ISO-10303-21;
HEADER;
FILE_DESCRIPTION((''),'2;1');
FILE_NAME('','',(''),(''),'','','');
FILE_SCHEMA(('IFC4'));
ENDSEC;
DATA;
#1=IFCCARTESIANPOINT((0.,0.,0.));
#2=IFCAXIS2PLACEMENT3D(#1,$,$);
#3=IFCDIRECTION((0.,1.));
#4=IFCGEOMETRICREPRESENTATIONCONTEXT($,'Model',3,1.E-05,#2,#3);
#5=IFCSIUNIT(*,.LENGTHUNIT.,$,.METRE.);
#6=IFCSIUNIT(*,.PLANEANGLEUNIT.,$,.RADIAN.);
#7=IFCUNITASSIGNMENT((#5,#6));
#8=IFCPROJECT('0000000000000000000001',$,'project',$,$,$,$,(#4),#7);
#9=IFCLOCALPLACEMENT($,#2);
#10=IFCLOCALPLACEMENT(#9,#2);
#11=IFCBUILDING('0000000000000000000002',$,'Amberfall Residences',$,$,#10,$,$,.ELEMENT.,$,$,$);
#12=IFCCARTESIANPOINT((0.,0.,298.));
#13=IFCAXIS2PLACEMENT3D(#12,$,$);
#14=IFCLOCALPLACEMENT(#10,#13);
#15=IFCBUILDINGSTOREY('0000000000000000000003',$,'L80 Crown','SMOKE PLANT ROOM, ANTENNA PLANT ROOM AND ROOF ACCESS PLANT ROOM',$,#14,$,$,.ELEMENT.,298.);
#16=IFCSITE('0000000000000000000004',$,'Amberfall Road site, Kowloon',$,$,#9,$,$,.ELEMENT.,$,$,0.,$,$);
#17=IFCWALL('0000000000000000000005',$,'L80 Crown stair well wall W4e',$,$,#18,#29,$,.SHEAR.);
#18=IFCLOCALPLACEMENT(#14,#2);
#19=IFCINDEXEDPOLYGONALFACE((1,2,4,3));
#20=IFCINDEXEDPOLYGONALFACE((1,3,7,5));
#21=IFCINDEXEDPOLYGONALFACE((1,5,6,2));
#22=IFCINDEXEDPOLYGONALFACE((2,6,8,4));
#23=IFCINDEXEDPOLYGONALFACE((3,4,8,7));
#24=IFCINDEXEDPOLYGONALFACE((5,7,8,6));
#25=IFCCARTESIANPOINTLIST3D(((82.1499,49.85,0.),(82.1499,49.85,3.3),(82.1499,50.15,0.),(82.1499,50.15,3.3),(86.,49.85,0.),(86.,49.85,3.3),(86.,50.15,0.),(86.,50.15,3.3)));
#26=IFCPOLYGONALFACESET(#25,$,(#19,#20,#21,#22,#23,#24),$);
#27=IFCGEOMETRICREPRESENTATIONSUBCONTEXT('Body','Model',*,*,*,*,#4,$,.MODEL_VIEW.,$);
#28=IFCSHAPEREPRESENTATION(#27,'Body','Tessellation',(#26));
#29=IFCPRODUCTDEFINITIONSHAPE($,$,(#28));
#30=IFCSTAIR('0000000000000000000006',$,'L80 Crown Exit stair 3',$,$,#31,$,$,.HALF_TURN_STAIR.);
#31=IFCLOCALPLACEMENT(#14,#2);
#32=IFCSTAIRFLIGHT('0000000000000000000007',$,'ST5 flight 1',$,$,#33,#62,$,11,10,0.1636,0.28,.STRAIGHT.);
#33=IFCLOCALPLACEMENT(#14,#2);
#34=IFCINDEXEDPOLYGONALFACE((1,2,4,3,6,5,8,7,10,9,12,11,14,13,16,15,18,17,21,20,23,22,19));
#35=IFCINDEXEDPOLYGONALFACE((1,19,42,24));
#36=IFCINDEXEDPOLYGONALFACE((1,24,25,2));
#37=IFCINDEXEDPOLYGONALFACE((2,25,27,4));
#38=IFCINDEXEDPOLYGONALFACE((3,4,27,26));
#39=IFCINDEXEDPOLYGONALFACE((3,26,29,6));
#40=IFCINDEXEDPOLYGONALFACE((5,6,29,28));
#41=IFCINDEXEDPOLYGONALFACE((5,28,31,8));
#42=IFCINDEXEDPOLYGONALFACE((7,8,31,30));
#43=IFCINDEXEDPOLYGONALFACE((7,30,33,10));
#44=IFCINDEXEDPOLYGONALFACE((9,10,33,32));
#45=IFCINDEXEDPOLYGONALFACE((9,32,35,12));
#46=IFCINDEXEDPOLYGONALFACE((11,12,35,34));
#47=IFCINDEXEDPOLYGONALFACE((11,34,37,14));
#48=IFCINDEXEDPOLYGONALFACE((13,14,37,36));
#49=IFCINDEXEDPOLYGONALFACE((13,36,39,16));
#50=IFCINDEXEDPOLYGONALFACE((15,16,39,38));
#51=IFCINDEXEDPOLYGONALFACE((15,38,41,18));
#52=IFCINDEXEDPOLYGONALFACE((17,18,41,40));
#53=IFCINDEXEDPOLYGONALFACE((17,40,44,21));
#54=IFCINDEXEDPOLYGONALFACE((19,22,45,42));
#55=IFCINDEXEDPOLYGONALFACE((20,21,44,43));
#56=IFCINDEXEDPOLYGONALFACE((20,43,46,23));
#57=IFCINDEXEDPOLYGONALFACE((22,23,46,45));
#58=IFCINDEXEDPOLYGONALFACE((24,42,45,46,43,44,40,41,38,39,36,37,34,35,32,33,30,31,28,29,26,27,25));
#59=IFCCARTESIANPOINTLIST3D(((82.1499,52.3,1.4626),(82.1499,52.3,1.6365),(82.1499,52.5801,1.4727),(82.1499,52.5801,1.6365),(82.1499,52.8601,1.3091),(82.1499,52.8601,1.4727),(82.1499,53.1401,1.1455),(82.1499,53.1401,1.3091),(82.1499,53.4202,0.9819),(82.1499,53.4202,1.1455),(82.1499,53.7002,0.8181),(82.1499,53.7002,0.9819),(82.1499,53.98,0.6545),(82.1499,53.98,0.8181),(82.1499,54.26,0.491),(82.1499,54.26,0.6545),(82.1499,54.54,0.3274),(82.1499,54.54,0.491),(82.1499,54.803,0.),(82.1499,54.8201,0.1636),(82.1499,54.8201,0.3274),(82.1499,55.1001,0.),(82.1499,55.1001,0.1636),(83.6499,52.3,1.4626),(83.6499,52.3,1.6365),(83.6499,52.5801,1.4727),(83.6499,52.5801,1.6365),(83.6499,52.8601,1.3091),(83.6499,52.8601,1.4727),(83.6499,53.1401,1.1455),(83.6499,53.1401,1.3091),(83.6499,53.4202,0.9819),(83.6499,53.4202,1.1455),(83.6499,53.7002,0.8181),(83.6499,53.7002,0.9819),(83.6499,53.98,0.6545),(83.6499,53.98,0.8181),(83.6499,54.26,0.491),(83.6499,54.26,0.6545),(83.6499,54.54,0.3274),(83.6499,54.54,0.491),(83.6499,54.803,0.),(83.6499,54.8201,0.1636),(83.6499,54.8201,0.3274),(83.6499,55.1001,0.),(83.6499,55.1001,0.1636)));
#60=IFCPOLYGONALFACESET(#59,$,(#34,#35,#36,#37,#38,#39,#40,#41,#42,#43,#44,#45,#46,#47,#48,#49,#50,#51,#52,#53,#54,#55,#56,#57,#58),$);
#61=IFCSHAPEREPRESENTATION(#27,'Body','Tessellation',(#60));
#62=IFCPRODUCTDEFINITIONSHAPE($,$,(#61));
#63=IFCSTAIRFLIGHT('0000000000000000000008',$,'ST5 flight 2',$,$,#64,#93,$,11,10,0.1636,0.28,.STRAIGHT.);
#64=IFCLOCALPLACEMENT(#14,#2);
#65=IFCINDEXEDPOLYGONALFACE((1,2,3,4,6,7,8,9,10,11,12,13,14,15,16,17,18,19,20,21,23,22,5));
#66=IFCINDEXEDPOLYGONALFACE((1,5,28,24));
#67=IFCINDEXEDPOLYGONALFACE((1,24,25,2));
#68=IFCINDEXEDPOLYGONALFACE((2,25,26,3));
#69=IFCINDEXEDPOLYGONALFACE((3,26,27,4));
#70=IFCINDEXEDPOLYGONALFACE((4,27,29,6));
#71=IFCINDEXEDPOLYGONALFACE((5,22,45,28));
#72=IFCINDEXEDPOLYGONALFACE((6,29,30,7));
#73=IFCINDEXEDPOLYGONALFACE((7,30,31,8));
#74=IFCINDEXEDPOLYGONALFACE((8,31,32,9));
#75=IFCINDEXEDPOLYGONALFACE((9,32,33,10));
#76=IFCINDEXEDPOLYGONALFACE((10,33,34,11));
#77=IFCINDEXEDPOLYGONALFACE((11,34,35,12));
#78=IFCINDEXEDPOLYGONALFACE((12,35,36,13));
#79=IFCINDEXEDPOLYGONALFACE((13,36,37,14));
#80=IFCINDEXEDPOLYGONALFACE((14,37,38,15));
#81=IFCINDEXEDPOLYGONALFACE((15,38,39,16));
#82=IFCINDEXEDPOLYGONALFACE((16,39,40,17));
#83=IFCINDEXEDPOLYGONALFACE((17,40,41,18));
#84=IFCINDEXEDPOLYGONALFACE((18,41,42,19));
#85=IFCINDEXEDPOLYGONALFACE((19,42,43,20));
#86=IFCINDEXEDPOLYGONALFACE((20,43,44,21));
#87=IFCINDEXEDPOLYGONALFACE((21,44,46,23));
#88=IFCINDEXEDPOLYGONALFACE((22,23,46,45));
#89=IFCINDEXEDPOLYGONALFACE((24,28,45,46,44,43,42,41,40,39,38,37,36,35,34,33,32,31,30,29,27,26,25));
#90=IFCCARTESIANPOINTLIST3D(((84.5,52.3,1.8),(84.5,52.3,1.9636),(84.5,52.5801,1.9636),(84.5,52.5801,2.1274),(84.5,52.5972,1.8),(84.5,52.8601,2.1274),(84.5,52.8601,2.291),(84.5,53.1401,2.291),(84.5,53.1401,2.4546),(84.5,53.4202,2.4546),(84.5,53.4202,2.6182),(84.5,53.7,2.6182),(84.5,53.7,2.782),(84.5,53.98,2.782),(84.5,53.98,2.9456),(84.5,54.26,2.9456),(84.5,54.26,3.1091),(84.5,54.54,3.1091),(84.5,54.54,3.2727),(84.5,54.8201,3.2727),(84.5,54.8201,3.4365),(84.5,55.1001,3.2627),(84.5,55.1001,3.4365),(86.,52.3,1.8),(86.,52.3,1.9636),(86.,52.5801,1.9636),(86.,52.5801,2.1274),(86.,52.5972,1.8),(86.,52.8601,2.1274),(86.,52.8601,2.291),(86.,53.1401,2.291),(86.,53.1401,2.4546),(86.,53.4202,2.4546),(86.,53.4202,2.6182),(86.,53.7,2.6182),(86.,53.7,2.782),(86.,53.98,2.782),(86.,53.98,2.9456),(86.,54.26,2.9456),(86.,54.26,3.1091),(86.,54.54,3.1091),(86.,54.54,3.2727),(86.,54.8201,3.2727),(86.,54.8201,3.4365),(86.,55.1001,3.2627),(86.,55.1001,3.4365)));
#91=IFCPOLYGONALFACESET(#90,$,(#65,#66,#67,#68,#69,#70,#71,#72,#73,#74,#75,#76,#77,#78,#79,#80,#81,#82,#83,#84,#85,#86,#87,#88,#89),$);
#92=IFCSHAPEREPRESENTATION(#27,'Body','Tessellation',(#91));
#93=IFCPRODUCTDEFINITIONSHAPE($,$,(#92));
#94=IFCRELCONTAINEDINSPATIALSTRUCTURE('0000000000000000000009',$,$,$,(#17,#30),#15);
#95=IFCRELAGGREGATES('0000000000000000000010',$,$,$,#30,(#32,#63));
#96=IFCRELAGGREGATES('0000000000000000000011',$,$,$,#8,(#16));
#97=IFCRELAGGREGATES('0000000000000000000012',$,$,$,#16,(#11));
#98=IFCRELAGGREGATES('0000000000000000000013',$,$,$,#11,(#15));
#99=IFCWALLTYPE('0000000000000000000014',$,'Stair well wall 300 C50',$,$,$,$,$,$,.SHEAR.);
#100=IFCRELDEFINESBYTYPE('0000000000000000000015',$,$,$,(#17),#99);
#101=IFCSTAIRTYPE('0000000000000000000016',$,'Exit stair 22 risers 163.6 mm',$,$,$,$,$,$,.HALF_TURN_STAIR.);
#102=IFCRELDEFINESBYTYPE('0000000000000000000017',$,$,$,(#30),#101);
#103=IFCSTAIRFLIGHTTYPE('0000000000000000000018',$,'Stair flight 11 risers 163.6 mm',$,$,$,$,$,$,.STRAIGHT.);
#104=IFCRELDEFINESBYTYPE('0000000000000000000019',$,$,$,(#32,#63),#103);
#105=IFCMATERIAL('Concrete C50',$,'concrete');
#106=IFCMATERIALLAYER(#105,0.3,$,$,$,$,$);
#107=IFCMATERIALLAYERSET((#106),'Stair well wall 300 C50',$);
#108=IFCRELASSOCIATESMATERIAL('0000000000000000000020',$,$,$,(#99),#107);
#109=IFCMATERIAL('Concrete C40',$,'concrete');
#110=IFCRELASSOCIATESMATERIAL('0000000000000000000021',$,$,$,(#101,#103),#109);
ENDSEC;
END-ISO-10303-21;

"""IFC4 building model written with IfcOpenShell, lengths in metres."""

from ifc_helpers import new_model, si_unit, direction, frame, frame_2d, origin, place, context, subcontext, project, spatial, polyline, rectangle, outline, extrude, material, layer, layer_set, type_object, element, aggregate, save


model = new_model("IFC4")

# Units and contexts
model_context = context("Model", 3, precision=1e-05, world=origin(), true_north=direction((0.0, 1.0)))
body_context = subcontext(model_context, "Body", "Model", "MODEL_VIEW")
ifc_project = project(units=[si_unit("LENGTHUNIT", "METRE"), si_unit("PLANEANGLEUNIT", "RADIAN")], contexts=[model_context])

# Site, building, storey
site_placement = place(None, origin())
site = spatial("IfcSite", under=ifc_project, at=site_placement, Name="Amberfall Road site, Kowloon", CompositionType="ELEMENT", RefElevation=0.0)
building_placement = place(site_placement, origin())
building = spatial("IfcBuilding", under=site, at=building_placement, Name="Amberfall Residences", CompositionType="ELEMENT")
storey_placement = place(building_placement, frame((0.0, 0.0, 298.0)))
storey = spatial("IfcBuildingStorey", under=building, at=storey_placement, Name="L80 Crown", Description="SMOKE PLANT ROOM, ANTENNA PLANT ROOM AND ROOF ACCESS PLANT ROOM", CompositionType="ELEMENT", Elevation=298.0)

# Shared definitions
ifc_material_1 = material(Name="Concrete C50", Category="concrete")

# Shared definitions
ifc_layer_1 = layer(ifc_material_1, 0.3)
ifc_layer_set_1 = layer_set([ifc_layer_1], Name="Stair well wall 300 C50")
wall_type_1 = type_object("IfcWallType", Name="Stair well wall 300 C50", PredefinedType="SHEAR", material=ifc_layer_set_1)

# Wall
wall_1_placement = place(storey_placement, frame((82.1499, 50.0, 0.0), z_axis=(0.0, 0.0, 1.0), x_axis=(1.0, 0.0, 0.0)))
element("IfcWall", 1, at=wall_1_placement, inside=storey, type_object=wall_type_1, Name="L80 Crown stair well wall W4e", PredefinedType="SHEAR", context=body_context, shape_type="SweptSolid", body=[
    extrude(rectangle(XDim=3.8501, YDim=0.3, at=frame_2d((1.925, 0.0))), origin(), (0.0, 0.0, 1.0), 3.3),
])

# Stair, stair flights
ifc_material_2 = material(Name="Concrete C40", Category="concrete")
stair_type = type_object("IfcStairType", Name="Exit stair 22 risers 163.6 mm", PredefinedType="HALF_TURN_STAIR", material=ifc_material_2)
stair_placement = place(storey_placement, origin())
stair = element("IfcStair", 2, at=stair_placement, inside=storey, type_object=stair_type, Name="L80 Crown Exit stair 3", PredefinedType="HALF_TURN_STAIR")
stair_flight_type = type_object("IfcStairFlightType", Name="Stair flight 11 risers 163.6 mm", PredefinedType="STRAIGHT", material=ifc_material_2)
stair_flight_1_placement = place(storey_placement, frame((82.8999, 55.1001, 0.0), z_axis=(0.0, 0.0, 1.0), x_axis=(0.0, -1.0, 0.0)))
stair_flight_1 = element("IfcStairFlight", 3, at=stair_flight_1_placement, type_object=stair_flight_type, Name="ST5 flight 1", NumberOfRisers=11, NumberOfTreads=10, PredefinedType="STRAIGHT", RiserHeight=0.1636, TreadLength=0.28, context=body_context, shape_type="SweptSolid", body=[
    extrude(outline(polyline([(0.0, 0.0), (0.0, 0.1636), (0.28, 0.1636), (0.28, 0.3274), (0.5601, 0.3274), (0.5601, 0.491), (0.8401, 0.491), (0.8401, 0.6545), (1.1201, 0.6545), (1.1201, 0.8181), (1.3999, 0.8181), (1.3999, 0.9819), (1.6799, 0.9819), (1.6799, 1.1455), (1.96, 1.1455), (1.96, 1.3091), (2.24, 1.3091), (2.24, 1.4727), (2.52, 1.4727), (2.52, 1.6365), (2.8, 1.6365), (2.8, 1.8), (2.8, 1.4626), (0.2971, 0.0), (0.0, 0.0)])), frame((0.0, 0.75, 0.0), z_axis=(0.0, -1.0, 0.0), x_axis=(1.0, 0.0, 0.0)), (0.0, 0.0, 1.0), 1.5),
])
stair_flight_2_placement = place(storey_placement, frame((85.25, 52.3, 1.8), z_axis=(0.0, 0.0, 1.0), x_axis=(0.0, 1.0, 0.0)))
stair_flight_2 = element("IfcStairFlight", 4, at=stair_flight_2_placement, type_object=stair_flight_type, Name="ST5 flight 2", NumberOfRisers=11, NumberOfTreads=10, PredefinedType="STRAIGHT", RiserHeight=0.1636, TreadLength=0.28, context=body_context, shape_type="SweptSolid", body=[
    extrude(outline(polyline([(0.0, 0.0), (0.0, 0.1636), (0.28, 0.1636), (0.28, 0.3274), (0.5601, 0.3274), (0.5601, 0.491), (0.8401, 0.491), (0.8401, 0.6545), (1.1201, 0.6545), (1.1201, 0.8181), (1.3999, 0.8181), (1.3999, 0.9819), (1.6799, 0.9819), (1.6799, 1.1455), (1.96, 1.1455), (1.96, 1.3091), (2.24, 1.3091), (2.24, 1.4727), (2.52, 1.4727), (2.52, 1.6365), (2.8, 1.6365), (2.8, 1.8), (2.8, 1.4626), (0.2971, 0.0), (0.0, 0.0)])), frame((0.0, 0.75, 0.0), z_axis=(0.0, -1.0, 0.0), x_axis=(1.0, 0.0, 0.0)), (0.0, 0.0, 1.0), 1.5),
])
aggregate(stair, [stair_flight_1, stair_flight_2])

save(model, "model.ifc")
